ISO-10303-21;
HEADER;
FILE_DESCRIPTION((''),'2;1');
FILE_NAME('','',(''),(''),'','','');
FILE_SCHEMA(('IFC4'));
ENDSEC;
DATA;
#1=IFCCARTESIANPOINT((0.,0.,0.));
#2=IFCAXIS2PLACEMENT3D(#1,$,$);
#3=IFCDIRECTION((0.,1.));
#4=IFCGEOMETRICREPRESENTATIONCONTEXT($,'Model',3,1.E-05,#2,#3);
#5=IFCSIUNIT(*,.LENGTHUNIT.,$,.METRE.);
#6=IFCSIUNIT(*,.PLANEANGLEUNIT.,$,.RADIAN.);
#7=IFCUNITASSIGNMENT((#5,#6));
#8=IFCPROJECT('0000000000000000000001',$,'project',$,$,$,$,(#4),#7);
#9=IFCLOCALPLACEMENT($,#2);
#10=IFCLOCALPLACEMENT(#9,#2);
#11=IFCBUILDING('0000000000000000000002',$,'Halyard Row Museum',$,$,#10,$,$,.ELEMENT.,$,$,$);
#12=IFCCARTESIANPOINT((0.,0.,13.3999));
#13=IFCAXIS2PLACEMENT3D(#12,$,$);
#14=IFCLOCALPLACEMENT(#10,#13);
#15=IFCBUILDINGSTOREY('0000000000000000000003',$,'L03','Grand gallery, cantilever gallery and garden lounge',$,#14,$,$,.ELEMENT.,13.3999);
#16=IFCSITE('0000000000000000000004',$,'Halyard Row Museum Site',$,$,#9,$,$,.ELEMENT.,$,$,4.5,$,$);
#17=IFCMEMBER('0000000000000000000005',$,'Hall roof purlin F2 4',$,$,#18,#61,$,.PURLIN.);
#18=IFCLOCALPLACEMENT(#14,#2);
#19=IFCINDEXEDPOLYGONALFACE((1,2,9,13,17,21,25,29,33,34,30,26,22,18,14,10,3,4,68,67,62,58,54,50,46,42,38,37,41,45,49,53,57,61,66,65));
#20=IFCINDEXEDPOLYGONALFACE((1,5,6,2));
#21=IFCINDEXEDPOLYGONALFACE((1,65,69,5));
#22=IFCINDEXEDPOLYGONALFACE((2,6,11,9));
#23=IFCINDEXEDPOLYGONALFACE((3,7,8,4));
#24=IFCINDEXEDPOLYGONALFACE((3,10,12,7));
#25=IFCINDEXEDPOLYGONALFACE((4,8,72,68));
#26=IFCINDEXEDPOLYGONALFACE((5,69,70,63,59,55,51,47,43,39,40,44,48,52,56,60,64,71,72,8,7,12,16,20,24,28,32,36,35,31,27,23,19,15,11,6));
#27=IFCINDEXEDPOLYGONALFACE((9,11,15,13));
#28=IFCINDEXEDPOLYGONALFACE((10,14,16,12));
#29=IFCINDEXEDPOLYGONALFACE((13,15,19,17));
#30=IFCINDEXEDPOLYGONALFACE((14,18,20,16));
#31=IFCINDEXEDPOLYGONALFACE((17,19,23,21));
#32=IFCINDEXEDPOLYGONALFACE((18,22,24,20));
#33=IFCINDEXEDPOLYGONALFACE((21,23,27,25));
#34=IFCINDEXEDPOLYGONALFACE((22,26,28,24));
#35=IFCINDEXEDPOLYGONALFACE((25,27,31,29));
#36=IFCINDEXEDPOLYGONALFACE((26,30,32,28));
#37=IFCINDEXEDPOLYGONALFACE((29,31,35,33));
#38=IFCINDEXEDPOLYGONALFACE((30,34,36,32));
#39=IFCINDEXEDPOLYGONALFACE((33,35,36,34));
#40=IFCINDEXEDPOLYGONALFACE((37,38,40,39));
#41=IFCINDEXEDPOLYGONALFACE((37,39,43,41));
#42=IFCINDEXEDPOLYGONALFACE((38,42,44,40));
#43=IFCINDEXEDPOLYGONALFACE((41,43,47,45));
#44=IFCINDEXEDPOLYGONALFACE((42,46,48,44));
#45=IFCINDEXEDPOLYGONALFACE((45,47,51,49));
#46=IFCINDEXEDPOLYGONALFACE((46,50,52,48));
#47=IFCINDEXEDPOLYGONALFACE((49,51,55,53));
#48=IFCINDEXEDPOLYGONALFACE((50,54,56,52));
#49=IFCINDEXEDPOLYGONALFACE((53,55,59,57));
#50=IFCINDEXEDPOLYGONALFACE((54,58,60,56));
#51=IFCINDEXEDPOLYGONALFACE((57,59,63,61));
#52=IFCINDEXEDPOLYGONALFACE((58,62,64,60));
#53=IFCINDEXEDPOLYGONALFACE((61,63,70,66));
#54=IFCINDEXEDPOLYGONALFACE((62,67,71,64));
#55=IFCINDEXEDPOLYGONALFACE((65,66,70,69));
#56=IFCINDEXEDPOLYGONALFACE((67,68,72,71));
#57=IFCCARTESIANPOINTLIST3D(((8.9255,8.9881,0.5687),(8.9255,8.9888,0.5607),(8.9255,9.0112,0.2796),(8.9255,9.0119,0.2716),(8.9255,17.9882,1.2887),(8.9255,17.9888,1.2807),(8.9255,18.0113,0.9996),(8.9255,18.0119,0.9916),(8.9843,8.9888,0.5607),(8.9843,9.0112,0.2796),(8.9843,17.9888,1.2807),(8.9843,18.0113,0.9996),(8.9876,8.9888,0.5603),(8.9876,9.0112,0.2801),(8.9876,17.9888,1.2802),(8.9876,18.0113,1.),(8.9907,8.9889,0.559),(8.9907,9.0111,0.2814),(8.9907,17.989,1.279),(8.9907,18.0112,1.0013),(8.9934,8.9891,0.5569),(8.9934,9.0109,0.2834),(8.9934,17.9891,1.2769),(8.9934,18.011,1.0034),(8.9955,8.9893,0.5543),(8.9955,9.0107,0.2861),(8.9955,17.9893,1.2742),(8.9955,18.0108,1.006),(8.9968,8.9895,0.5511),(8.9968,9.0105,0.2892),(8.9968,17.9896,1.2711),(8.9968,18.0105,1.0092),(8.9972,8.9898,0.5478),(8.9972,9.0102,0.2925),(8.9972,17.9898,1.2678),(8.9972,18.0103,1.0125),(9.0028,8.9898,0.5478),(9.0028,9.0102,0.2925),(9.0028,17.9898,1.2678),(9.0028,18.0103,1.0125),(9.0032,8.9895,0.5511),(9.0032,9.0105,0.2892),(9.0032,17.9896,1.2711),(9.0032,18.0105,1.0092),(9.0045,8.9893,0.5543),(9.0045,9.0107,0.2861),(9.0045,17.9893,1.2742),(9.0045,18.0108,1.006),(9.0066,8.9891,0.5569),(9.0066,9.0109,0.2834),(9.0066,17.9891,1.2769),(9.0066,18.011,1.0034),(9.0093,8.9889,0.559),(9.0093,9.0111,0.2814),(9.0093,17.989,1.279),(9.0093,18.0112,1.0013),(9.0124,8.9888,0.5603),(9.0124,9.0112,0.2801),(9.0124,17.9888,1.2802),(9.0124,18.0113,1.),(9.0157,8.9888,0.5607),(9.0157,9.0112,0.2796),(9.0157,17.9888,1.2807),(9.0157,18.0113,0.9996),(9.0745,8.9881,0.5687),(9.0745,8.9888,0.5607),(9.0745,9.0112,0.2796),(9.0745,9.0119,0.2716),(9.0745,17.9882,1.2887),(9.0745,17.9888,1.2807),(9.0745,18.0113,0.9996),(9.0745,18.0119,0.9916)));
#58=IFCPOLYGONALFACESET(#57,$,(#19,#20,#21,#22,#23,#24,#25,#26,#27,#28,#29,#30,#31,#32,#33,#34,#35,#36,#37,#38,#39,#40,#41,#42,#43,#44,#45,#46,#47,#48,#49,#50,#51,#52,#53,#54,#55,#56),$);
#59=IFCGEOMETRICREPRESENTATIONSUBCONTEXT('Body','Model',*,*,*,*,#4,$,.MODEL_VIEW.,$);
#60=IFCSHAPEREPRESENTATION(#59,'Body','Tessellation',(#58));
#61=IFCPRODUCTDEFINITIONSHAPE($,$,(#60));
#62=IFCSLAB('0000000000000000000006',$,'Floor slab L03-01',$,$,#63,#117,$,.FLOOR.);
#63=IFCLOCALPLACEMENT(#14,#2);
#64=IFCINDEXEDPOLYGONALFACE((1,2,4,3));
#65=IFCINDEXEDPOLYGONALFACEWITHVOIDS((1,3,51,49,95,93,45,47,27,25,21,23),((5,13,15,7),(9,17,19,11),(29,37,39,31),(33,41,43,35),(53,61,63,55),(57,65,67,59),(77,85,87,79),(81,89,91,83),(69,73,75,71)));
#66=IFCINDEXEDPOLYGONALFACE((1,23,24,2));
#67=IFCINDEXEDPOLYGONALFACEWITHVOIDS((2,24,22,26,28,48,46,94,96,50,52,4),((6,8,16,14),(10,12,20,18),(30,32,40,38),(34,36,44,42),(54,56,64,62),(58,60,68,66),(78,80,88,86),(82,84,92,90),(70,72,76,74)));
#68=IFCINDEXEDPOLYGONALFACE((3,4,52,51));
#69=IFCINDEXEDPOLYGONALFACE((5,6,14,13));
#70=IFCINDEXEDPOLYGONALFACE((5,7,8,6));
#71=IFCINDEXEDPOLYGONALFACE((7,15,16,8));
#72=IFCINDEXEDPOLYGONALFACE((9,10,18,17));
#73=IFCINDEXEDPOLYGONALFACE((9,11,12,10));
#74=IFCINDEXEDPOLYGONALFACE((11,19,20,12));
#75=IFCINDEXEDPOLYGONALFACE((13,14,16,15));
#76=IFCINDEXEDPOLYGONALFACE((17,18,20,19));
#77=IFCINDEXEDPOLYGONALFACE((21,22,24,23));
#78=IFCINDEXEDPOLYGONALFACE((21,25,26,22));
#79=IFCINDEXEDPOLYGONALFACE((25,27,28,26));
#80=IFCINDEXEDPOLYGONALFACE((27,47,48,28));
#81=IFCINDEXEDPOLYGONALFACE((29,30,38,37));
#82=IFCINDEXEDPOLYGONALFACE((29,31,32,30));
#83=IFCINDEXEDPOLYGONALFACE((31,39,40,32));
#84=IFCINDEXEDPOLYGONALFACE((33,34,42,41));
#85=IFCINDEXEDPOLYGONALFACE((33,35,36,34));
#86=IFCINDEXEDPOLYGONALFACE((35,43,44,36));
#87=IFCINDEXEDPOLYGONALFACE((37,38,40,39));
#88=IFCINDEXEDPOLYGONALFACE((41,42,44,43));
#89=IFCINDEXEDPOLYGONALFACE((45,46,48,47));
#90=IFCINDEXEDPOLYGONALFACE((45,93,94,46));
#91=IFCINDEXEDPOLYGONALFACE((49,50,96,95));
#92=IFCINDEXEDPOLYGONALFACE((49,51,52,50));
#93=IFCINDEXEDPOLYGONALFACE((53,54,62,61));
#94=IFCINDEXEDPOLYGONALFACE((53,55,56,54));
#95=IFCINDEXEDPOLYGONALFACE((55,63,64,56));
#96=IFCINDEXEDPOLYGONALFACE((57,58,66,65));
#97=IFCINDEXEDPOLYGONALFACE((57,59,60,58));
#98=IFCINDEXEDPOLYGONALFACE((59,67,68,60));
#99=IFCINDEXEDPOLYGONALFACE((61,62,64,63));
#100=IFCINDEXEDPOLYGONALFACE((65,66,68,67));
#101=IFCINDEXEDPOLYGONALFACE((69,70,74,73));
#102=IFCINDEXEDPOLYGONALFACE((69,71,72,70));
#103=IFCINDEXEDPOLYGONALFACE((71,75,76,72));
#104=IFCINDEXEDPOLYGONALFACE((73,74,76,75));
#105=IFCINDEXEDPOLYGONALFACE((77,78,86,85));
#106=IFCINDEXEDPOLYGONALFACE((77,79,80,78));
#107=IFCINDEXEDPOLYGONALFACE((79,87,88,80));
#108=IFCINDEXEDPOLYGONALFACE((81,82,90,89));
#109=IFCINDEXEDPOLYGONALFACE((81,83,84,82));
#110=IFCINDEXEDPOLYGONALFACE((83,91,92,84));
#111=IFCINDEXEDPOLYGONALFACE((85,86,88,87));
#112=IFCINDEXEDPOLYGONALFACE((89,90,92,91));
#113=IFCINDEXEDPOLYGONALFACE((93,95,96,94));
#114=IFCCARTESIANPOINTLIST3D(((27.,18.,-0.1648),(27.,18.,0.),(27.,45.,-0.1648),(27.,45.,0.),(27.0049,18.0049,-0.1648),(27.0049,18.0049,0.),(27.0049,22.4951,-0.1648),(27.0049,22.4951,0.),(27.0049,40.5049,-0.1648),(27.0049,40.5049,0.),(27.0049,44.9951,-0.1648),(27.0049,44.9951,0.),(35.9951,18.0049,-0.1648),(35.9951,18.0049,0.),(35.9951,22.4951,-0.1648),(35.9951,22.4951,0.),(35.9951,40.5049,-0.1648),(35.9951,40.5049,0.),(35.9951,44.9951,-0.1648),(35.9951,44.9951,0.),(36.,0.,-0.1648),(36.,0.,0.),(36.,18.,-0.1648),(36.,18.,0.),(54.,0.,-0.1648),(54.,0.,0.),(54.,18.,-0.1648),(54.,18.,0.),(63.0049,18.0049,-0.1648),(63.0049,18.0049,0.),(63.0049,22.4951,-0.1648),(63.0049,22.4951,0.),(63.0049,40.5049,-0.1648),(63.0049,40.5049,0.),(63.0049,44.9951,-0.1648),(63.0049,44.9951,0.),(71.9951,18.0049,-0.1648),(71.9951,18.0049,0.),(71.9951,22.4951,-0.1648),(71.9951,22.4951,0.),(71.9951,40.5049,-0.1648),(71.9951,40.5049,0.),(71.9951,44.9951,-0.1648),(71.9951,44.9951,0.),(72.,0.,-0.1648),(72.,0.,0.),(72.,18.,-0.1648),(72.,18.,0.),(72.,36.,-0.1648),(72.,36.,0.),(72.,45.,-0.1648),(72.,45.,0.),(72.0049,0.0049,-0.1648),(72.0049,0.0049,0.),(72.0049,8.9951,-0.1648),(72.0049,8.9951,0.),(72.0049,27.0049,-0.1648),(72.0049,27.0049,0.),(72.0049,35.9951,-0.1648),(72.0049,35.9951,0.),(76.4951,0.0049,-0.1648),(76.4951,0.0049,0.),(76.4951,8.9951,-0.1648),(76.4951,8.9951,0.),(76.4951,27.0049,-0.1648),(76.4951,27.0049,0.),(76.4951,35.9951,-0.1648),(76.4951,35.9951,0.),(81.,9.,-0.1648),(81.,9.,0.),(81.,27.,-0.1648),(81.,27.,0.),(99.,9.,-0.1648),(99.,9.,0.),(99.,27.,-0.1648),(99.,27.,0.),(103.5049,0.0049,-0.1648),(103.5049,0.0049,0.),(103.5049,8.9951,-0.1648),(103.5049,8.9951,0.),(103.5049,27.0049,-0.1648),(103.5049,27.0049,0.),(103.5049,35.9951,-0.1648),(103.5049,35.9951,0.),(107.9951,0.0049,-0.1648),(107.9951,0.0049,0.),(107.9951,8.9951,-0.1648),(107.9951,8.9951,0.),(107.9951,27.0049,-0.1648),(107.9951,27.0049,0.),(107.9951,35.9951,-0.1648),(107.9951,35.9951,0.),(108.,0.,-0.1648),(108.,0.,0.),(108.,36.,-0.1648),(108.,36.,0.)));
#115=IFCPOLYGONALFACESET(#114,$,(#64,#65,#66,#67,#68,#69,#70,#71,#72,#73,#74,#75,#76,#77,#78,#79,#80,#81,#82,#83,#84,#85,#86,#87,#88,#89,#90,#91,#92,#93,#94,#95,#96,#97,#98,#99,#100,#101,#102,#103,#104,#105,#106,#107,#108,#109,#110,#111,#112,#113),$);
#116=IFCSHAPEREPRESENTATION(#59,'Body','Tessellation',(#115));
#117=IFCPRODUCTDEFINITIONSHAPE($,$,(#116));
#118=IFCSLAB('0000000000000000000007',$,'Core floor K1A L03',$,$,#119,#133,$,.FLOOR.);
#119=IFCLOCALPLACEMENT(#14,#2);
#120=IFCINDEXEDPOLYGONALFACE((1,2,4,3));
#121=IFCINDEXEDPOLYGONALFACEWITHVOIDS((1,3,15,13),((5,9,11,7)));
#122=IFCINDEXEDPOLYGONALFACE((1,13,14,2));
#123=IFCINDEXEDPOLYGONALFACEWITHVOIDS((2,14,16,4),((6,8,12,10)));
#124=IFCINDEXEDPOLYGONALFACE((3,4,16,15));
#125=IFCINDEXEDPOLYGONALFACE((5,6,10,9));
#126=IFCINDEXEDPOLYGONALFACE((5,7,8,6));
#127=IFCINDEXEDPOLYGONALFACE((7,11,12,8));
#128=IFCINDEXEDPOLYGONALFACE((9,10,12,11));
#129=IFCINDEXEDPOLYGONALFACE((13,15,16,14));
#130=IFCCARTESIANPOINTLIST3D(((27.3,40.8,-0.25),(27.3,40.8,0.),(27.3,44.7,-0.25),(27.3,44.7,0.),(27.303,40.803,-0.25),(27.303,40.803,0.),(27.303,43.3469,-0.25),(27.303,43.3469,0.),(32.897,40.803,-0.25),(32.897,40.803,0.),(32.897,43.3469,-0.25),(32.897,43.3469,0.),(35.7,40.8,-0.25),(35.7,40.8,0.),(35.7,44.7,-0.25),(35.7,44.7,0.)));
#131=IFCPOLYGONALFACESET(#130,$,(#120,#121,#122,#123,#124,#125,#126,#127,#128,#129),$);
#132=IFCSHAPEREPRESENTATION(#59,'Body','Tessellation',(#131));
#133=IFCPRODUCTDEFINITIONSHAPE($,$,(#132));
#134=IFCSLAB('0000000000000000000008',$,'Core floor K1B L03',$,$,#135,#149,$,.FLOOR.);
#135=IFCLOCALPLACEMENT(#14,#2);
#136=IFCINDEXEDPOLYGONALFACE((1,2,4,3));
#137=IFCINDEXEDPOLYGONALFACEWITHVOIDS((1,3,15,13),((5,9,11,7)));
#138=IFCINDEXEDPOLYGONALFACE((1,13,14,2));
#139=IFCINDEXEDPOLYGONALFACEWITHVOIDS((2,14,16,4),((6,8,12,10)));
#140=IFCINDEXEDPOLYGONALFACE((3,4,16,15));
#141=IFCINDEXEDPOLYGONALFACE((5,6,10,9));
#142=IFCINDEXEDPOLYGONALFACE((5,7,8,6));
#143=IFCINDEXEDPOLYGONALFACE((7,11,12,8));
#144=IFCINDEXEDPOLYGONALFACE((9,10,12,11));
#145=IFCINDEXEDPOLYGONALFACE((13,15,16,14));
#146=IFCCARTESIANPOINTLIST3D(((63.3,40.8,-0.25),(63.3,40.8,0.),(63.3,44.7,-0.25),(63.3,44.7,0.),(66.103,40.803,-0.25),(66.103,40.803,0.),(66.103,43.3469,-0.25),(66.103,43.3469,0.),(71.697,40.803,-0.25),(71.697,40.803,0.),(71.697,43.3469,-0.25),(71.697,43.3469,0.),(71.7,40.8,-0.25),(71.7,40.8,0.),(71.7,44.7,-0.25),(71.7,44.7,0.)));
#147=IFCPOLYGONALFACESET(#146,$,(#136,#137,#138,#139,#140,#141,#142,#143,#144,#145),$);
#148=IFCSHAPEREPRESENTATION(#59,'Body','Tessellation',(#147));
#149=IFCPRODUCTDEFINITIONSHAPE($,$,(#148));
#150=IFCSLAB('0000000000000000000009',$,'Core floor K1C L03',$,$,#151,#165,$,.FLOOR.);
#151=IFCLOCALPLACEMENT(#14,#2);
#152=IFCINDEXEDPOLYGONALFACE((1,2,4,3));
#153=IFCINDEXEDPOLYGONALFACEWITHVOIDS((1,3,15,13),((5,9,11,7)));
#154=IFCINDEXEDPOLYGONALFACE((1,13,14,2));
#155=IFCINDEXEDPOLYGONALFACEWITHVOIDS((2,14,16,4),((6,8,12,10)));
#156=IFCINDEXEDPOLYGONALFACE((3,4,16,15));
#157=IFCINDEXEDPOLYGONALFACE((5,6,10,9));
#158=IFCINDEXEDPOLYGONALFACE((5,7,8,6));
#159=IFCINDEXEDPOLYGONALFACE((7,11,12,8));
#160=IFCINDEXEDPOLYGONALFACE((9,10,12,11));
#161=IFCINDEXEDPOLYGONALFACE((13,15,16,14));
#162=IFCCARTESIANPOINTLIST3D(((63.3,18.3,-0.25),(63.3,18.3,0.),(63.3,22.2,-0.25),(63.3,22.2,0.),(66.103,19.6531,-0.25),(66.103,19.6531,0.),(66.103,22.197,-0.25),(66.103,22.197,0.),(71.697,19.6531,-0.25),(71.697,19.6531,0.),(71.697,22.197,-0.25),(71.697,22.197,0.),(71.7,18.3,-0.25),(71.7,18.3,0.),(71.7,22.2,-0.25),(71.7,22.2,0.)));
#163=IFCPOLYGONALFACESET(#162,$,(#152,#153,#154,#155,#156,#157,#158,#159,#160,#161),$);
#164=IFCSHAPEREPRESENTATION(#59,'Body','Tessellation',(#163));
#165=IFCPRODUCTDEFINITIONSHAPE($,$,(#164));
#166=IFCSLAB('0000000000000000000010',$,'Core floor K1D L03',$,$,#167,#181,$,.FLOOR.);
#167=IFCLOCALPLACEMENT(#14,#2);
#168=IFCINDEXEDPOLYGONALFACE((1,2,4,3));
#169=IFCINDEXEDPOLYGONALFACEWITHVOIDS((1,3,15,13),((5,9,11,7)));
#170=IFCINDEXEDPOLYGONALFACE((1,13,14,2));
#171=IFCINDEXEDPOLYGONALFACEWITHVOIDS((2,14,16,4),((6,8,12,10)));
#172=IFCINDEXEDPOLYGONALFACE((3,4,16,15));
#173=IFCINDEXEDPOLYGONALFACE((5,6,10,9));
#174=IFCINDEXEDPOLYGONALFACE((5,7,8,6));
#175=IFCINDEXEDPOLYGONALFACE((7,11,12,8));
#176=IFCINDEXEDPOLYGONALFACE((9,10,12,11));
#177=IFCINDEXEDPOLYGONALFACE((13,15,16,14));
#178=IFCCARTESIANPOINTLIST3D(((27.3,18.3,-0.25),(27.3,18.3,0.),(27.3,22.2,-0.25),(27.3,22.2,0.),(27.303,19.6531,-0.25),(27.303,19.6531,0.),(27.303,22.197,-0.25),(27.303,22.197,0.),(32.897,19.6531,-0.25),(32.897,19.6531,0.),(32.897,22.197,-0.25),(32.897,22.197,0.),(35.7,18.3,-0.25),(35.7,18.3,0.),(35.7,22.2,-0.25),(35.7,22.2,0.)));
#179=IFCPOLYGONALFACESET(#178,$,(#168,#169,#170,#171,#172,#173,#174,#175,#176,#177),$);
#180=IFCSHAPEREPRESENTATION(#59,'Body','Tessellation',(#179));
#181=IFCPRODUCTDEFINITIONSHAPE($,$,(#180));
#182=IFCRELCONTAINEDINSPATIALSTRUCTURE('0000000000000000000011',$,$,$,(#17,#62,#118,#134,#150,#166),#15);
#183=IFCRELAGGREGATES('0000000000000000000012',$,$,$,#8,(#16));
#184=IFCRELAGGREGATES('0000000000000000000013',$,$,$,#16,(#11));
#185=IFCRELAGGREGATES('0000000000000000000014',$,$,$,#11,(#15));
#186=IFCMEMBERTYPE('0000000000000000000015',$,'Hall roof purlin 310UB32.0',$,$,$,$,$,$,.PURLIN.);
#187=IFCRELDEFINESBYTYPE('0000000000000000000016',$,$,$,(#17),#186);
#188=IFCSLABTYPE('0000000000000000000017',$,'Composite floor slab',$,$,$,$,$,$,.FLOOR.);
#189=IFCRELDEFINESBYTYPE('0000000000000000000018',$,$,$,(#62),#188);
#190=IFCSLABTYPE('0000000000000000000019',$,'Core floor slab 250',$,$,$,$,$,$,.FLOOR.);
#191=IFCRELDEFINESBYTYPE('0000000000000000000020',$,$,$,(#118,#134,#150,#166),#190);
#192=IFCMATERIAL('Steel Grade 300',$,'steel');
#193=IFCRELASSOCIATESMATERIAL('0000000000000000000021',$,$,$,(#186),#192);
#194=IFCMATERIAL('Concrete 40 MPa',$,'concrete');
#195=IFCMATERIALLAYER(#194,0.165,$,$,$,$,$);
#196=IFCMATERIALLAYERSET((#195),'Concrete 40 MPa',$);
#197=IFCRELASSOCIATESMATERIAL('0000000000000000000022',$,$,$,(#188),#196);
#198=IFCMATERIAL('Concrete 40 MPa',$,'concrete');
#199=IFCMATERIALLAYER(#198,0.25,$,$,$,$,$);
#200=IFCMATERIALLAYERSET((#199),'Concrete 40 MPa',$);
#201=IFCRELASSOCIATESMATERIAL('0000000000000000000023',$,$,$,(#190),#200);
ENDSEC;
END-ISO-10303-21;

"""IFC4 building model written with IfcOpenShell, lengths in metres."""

from ifc_helpers import new_model, si_unit, direction, frame, origin, origin_2d, place, context, subcontext, project, spatial, polyline, i_section, outline, extrude, material, layer, layer_set, material_profile, profile_set, type_object, element, save


model = new_model("IFC4")

# Units and contexts
model_context = context("Model", 3, precision=1e-05, world=origin(), true_north=direction((0.0, 1.0)))
body_context = subcontext(model_context, "Body", "Model", "MODEL_VIEW")
ifc_project = project(units=[si_unit("LENGTHUNIT", "METRE"), si_unit("PLANEANGLEUNIT", "RADIAN")], contexts=[model_context])

# Site, building, storey
site_placement = place(None, origin())
site = spatial("IfcSite", under=ifc_project, at=site_placement, Name="Halyard Row Museum Site", CompositionType="ELEMENT", RefElevation=4.5)
building_placement = place(site_placement, origin())
building = spatial("IfcBuilding", under=site, at=building_placement, Name="Halyard Row Museum", CompositionType="ELEMENT")
storey_placement = place(building_placement, frame((0.0, 0.0, 13.3999)))
storey = spatial("IfcBuildingStorey", under=building, at=storey_placement, Name="L03", Description="Grand gallery, cantilever gallery and garden lounge", CompositionType="ELEMENT", Elevation=13.3999)

# Member
ifc_material_1 = material(Name="Steel Grade 300", Category="steel")
ifc_material_profile = material_profile(ifc_material_1, i_section(OverallWidth=0.1489, OverallDepth=0.2981, WebThickness=0.0056, FlangeThickness=0.0081, FilletRadius=0.0129, at=origin_2d()), Name="310UB32.0")
ifc_profile_set = profile_set([ifc_material_profile], Name="Steel Grade 300")
member_type = type_object("IfcMemberType", Name="Hall roof purlin 310UB32.0", PredefinedType="PURLIN", material=ifc_profile_set)
for number, where, z_axis, x_axis, name in (
    (1, (9.0, 9.0, 0.4202), (0.0, 0.996816, 0.079742), (-1.0, 0.0, 0.0), "Hall roof purlin F2 4"),
):
    element("IfcMember", number, at=place(storey_placement, frame(where, z_axis=z_axis, x_axis=x_axis)), inside=storey, type_object=member_type, Name=name, PredefinedType="PURLIN", context=body_context, shape_type="SweptSolid", body=[
        extrude(i_section(OverallWidth=0.1489, OverallDepth=0.2981, WebThickness=0.0056, FlangeThickness=0.0081, FilletRadius=0.0129, at=origin_2d()), origin(), (0.0, 0.0, 1.0), 9.0288),
    ])

# Slabs
ifc_material_2 = material(Name="Concrete 40 MPa", Category="concrete")
ifc_layer_1 = layer(ifc_material_2, 0.165)
ifc_layer_set_1 = layer_set([ifc_layer_1], Name="Concrete 40 MPa")
slab_type_1 = type_object("IfcSlabType", Name="Composite floor slab", PredefinedType="FLOOR", material=ifc_layer_set_1)
slab_1_placement = place(storey_placement, frame((0.0, 0.0, -0.1648)))
element("IfcSlab", 2, at=slab_1_placement, inside=storey, type_object=slab_type_1, Name="Floor slab L03-01", PredefinedType="FLOOR", context=body_context, shape_type="SweptSolid", body=[
    extrude(outline(polyline([(108.0, 0.0), (108.0, 36.0), (72.0, 36.0), (72.0, 45.0), (27.0, 45.0), (27.0, 18.0), (36.0, 18.0), (36.0, 0.0), (54.0, 0.0), (54.0, 18.0), (72.0, 18.0), (72.0, 0.0), (108.0, 0.0)]), holes=[polyline([(99.0, 27.0), (99.0, 9.0), (81.0, 9.0), (81.0, 27.0), (99.0, 27.0)]), polyline([(76.4951, 8.9951), (76.4951, 0.0049), (72.0049, 0.0049), (72.0049, 8.9951), (76.4951, 8.9951)]), polyline([(107.9951, 8.9951), (107.9951, 0.0049), (103.5049, 0.0049), (103.5049, 8.9951), (107.9951, 8.9951)]), polyline([(35.9951, 22.4951), (35.9951, 18.0049), (27.0049, 18.0049), (27.0049, 22.4951), (35.9951, 22.4951)]), polyline([(71.9951, 18.0049), (63.0049, 18.0049), (63.0049, 22.4951), (71.9951, 22.4951), (71.9951, 18.0049)]), polyline([(76.4951, 27.0049), (72.0049, 27.0049), (72.0049, 35.9951), (76.4951, 35.9951), (76.4951, 27.0049)]), polyline([(107.9951, 35.9951), (107.9951, 27.0049), (103.5049, 27.0049), (103.5049, 35.9951), (107.9951, 35.9951)]), polyline([(35.9951, 44.9951), (35.9951, 40.5049), (27.0049, 40.5049), (27.0049, 44.9951), (35.9951, 44.9951)]), polyline([(71.9951, 44.9951), (71.9951, 40.5049), (63.0049, 40.5049), (63.0049, 44.9951), (71.9951, 44.9951)])]), origin(), (0.0, 0.0, 1.0), 0.1648),
])
ifc_material_3 = material(Name="Concrete 40 MPa", Category="concrete")
ifc_layer_2 = layer(ifc_material_3, 0.25)
ifc_layer_set_2 = layer_set([ifc_layer_2], Name="Concrete 40 MPa")
slab_type_2 = type_object("IfcSlabType", Name="Core floor slab 250", PredefinedType="FLOOR", material=ifc_layer_set_2)
slab_2_placement = place(storey_placement, frame((0.0, 0.0, -0.25)))
element("IfcSlab", 3, at=slab_2_placement, inside=storey, type_object=slab_type_2, Name="Core floor K1A L03", PredefinedType="FLOOR", context=body_context, shape_type="SweptSolid", body=[
    extrude(outline(polyline([(35.7, 44.7), (27.3, 44.7), (27.3, 40.8), (35.7, 40.8), (35.7, 44.7)]), holes=[polyline([(32.897, 43.3469), (32.897, 40.803), (27.303, 40.803), (27.303, 43.3469), (32.897, 43.3469)])]), origin(), (0.0, 0.0, 1.0), 0.25),
])
slab_3_placement = place(storey_placement, frame((0.0, 0.0, -0.25)))
element("IfcSlab", 4, at=slab_3_placement, inside=storey, type_object=slab_type_2, Name="Core floor K1B L03", PredefinedType="FLOOR", context=body_context, shape_type="SweptSolid", body=[
    extrude(outline(polyline([(71.7, 44.7), (63.3, 44.7), (63.3, 40.8), (71.7, 40.8), (71.7, 44.7)]), holes=[polyline([(71.697, 43.3469), (71.697, 40.803), (66.103, 40.803), (66.103, 43.3469), (71.697, 43.3469)])]), origin(), (0.0, 0.0, 1.0), 0.25),
])
slab_4_placement = place(storey_placement, frame((0.0, 0.0, -0.25)))
element("IfcSlab", 5, at=slab_4_placement, inside=storey, type_object=slab_type_2, Name="Core floor K1C L03", PredefinedType="FLOOR", context=body_context, shape_type="SweptSolid", body=[
    extrude(outline(polyline([(71.7, 22.2), (63.3, 22.2), (63.3, 18.3), (71.7, 18.3), (71.7, 22.2)]), holes=[polyline([(71.697, 19.6531), (66.103, 19.6531), (66.103, 22.197), (71.697, 22.197), (71.697, 19.6531)])]), origin(), (0.0, 0.0, 1.0), 0.25),
])
slab_5_placement = place(storey_placement, frame((0.0, 0.0, -0.25)))
element("IfcSlab", 6, at=slab_5_placement, inside=storey, type_object=slab_type_2, Name="Core floor K1D L03", PredefinedType="FLOOR", context=body_context, shape_type="SweptSolid", body=[
    extrude(outline(polyline([(35.7, 22.2), (27.3, 22.2), (27.3, 18.3), (35.7, 18.3), (35.7, 22.2)]), holes=[polyline([(27.303, 19.6531), (27.303, 22.197), (32.897, 22.197), (32.897, 19.6531), (27.303, 19.6531)])]), origin(), (0.0, 0.0, 1.0), 0.25),
])

save(model, "model.ifc")
